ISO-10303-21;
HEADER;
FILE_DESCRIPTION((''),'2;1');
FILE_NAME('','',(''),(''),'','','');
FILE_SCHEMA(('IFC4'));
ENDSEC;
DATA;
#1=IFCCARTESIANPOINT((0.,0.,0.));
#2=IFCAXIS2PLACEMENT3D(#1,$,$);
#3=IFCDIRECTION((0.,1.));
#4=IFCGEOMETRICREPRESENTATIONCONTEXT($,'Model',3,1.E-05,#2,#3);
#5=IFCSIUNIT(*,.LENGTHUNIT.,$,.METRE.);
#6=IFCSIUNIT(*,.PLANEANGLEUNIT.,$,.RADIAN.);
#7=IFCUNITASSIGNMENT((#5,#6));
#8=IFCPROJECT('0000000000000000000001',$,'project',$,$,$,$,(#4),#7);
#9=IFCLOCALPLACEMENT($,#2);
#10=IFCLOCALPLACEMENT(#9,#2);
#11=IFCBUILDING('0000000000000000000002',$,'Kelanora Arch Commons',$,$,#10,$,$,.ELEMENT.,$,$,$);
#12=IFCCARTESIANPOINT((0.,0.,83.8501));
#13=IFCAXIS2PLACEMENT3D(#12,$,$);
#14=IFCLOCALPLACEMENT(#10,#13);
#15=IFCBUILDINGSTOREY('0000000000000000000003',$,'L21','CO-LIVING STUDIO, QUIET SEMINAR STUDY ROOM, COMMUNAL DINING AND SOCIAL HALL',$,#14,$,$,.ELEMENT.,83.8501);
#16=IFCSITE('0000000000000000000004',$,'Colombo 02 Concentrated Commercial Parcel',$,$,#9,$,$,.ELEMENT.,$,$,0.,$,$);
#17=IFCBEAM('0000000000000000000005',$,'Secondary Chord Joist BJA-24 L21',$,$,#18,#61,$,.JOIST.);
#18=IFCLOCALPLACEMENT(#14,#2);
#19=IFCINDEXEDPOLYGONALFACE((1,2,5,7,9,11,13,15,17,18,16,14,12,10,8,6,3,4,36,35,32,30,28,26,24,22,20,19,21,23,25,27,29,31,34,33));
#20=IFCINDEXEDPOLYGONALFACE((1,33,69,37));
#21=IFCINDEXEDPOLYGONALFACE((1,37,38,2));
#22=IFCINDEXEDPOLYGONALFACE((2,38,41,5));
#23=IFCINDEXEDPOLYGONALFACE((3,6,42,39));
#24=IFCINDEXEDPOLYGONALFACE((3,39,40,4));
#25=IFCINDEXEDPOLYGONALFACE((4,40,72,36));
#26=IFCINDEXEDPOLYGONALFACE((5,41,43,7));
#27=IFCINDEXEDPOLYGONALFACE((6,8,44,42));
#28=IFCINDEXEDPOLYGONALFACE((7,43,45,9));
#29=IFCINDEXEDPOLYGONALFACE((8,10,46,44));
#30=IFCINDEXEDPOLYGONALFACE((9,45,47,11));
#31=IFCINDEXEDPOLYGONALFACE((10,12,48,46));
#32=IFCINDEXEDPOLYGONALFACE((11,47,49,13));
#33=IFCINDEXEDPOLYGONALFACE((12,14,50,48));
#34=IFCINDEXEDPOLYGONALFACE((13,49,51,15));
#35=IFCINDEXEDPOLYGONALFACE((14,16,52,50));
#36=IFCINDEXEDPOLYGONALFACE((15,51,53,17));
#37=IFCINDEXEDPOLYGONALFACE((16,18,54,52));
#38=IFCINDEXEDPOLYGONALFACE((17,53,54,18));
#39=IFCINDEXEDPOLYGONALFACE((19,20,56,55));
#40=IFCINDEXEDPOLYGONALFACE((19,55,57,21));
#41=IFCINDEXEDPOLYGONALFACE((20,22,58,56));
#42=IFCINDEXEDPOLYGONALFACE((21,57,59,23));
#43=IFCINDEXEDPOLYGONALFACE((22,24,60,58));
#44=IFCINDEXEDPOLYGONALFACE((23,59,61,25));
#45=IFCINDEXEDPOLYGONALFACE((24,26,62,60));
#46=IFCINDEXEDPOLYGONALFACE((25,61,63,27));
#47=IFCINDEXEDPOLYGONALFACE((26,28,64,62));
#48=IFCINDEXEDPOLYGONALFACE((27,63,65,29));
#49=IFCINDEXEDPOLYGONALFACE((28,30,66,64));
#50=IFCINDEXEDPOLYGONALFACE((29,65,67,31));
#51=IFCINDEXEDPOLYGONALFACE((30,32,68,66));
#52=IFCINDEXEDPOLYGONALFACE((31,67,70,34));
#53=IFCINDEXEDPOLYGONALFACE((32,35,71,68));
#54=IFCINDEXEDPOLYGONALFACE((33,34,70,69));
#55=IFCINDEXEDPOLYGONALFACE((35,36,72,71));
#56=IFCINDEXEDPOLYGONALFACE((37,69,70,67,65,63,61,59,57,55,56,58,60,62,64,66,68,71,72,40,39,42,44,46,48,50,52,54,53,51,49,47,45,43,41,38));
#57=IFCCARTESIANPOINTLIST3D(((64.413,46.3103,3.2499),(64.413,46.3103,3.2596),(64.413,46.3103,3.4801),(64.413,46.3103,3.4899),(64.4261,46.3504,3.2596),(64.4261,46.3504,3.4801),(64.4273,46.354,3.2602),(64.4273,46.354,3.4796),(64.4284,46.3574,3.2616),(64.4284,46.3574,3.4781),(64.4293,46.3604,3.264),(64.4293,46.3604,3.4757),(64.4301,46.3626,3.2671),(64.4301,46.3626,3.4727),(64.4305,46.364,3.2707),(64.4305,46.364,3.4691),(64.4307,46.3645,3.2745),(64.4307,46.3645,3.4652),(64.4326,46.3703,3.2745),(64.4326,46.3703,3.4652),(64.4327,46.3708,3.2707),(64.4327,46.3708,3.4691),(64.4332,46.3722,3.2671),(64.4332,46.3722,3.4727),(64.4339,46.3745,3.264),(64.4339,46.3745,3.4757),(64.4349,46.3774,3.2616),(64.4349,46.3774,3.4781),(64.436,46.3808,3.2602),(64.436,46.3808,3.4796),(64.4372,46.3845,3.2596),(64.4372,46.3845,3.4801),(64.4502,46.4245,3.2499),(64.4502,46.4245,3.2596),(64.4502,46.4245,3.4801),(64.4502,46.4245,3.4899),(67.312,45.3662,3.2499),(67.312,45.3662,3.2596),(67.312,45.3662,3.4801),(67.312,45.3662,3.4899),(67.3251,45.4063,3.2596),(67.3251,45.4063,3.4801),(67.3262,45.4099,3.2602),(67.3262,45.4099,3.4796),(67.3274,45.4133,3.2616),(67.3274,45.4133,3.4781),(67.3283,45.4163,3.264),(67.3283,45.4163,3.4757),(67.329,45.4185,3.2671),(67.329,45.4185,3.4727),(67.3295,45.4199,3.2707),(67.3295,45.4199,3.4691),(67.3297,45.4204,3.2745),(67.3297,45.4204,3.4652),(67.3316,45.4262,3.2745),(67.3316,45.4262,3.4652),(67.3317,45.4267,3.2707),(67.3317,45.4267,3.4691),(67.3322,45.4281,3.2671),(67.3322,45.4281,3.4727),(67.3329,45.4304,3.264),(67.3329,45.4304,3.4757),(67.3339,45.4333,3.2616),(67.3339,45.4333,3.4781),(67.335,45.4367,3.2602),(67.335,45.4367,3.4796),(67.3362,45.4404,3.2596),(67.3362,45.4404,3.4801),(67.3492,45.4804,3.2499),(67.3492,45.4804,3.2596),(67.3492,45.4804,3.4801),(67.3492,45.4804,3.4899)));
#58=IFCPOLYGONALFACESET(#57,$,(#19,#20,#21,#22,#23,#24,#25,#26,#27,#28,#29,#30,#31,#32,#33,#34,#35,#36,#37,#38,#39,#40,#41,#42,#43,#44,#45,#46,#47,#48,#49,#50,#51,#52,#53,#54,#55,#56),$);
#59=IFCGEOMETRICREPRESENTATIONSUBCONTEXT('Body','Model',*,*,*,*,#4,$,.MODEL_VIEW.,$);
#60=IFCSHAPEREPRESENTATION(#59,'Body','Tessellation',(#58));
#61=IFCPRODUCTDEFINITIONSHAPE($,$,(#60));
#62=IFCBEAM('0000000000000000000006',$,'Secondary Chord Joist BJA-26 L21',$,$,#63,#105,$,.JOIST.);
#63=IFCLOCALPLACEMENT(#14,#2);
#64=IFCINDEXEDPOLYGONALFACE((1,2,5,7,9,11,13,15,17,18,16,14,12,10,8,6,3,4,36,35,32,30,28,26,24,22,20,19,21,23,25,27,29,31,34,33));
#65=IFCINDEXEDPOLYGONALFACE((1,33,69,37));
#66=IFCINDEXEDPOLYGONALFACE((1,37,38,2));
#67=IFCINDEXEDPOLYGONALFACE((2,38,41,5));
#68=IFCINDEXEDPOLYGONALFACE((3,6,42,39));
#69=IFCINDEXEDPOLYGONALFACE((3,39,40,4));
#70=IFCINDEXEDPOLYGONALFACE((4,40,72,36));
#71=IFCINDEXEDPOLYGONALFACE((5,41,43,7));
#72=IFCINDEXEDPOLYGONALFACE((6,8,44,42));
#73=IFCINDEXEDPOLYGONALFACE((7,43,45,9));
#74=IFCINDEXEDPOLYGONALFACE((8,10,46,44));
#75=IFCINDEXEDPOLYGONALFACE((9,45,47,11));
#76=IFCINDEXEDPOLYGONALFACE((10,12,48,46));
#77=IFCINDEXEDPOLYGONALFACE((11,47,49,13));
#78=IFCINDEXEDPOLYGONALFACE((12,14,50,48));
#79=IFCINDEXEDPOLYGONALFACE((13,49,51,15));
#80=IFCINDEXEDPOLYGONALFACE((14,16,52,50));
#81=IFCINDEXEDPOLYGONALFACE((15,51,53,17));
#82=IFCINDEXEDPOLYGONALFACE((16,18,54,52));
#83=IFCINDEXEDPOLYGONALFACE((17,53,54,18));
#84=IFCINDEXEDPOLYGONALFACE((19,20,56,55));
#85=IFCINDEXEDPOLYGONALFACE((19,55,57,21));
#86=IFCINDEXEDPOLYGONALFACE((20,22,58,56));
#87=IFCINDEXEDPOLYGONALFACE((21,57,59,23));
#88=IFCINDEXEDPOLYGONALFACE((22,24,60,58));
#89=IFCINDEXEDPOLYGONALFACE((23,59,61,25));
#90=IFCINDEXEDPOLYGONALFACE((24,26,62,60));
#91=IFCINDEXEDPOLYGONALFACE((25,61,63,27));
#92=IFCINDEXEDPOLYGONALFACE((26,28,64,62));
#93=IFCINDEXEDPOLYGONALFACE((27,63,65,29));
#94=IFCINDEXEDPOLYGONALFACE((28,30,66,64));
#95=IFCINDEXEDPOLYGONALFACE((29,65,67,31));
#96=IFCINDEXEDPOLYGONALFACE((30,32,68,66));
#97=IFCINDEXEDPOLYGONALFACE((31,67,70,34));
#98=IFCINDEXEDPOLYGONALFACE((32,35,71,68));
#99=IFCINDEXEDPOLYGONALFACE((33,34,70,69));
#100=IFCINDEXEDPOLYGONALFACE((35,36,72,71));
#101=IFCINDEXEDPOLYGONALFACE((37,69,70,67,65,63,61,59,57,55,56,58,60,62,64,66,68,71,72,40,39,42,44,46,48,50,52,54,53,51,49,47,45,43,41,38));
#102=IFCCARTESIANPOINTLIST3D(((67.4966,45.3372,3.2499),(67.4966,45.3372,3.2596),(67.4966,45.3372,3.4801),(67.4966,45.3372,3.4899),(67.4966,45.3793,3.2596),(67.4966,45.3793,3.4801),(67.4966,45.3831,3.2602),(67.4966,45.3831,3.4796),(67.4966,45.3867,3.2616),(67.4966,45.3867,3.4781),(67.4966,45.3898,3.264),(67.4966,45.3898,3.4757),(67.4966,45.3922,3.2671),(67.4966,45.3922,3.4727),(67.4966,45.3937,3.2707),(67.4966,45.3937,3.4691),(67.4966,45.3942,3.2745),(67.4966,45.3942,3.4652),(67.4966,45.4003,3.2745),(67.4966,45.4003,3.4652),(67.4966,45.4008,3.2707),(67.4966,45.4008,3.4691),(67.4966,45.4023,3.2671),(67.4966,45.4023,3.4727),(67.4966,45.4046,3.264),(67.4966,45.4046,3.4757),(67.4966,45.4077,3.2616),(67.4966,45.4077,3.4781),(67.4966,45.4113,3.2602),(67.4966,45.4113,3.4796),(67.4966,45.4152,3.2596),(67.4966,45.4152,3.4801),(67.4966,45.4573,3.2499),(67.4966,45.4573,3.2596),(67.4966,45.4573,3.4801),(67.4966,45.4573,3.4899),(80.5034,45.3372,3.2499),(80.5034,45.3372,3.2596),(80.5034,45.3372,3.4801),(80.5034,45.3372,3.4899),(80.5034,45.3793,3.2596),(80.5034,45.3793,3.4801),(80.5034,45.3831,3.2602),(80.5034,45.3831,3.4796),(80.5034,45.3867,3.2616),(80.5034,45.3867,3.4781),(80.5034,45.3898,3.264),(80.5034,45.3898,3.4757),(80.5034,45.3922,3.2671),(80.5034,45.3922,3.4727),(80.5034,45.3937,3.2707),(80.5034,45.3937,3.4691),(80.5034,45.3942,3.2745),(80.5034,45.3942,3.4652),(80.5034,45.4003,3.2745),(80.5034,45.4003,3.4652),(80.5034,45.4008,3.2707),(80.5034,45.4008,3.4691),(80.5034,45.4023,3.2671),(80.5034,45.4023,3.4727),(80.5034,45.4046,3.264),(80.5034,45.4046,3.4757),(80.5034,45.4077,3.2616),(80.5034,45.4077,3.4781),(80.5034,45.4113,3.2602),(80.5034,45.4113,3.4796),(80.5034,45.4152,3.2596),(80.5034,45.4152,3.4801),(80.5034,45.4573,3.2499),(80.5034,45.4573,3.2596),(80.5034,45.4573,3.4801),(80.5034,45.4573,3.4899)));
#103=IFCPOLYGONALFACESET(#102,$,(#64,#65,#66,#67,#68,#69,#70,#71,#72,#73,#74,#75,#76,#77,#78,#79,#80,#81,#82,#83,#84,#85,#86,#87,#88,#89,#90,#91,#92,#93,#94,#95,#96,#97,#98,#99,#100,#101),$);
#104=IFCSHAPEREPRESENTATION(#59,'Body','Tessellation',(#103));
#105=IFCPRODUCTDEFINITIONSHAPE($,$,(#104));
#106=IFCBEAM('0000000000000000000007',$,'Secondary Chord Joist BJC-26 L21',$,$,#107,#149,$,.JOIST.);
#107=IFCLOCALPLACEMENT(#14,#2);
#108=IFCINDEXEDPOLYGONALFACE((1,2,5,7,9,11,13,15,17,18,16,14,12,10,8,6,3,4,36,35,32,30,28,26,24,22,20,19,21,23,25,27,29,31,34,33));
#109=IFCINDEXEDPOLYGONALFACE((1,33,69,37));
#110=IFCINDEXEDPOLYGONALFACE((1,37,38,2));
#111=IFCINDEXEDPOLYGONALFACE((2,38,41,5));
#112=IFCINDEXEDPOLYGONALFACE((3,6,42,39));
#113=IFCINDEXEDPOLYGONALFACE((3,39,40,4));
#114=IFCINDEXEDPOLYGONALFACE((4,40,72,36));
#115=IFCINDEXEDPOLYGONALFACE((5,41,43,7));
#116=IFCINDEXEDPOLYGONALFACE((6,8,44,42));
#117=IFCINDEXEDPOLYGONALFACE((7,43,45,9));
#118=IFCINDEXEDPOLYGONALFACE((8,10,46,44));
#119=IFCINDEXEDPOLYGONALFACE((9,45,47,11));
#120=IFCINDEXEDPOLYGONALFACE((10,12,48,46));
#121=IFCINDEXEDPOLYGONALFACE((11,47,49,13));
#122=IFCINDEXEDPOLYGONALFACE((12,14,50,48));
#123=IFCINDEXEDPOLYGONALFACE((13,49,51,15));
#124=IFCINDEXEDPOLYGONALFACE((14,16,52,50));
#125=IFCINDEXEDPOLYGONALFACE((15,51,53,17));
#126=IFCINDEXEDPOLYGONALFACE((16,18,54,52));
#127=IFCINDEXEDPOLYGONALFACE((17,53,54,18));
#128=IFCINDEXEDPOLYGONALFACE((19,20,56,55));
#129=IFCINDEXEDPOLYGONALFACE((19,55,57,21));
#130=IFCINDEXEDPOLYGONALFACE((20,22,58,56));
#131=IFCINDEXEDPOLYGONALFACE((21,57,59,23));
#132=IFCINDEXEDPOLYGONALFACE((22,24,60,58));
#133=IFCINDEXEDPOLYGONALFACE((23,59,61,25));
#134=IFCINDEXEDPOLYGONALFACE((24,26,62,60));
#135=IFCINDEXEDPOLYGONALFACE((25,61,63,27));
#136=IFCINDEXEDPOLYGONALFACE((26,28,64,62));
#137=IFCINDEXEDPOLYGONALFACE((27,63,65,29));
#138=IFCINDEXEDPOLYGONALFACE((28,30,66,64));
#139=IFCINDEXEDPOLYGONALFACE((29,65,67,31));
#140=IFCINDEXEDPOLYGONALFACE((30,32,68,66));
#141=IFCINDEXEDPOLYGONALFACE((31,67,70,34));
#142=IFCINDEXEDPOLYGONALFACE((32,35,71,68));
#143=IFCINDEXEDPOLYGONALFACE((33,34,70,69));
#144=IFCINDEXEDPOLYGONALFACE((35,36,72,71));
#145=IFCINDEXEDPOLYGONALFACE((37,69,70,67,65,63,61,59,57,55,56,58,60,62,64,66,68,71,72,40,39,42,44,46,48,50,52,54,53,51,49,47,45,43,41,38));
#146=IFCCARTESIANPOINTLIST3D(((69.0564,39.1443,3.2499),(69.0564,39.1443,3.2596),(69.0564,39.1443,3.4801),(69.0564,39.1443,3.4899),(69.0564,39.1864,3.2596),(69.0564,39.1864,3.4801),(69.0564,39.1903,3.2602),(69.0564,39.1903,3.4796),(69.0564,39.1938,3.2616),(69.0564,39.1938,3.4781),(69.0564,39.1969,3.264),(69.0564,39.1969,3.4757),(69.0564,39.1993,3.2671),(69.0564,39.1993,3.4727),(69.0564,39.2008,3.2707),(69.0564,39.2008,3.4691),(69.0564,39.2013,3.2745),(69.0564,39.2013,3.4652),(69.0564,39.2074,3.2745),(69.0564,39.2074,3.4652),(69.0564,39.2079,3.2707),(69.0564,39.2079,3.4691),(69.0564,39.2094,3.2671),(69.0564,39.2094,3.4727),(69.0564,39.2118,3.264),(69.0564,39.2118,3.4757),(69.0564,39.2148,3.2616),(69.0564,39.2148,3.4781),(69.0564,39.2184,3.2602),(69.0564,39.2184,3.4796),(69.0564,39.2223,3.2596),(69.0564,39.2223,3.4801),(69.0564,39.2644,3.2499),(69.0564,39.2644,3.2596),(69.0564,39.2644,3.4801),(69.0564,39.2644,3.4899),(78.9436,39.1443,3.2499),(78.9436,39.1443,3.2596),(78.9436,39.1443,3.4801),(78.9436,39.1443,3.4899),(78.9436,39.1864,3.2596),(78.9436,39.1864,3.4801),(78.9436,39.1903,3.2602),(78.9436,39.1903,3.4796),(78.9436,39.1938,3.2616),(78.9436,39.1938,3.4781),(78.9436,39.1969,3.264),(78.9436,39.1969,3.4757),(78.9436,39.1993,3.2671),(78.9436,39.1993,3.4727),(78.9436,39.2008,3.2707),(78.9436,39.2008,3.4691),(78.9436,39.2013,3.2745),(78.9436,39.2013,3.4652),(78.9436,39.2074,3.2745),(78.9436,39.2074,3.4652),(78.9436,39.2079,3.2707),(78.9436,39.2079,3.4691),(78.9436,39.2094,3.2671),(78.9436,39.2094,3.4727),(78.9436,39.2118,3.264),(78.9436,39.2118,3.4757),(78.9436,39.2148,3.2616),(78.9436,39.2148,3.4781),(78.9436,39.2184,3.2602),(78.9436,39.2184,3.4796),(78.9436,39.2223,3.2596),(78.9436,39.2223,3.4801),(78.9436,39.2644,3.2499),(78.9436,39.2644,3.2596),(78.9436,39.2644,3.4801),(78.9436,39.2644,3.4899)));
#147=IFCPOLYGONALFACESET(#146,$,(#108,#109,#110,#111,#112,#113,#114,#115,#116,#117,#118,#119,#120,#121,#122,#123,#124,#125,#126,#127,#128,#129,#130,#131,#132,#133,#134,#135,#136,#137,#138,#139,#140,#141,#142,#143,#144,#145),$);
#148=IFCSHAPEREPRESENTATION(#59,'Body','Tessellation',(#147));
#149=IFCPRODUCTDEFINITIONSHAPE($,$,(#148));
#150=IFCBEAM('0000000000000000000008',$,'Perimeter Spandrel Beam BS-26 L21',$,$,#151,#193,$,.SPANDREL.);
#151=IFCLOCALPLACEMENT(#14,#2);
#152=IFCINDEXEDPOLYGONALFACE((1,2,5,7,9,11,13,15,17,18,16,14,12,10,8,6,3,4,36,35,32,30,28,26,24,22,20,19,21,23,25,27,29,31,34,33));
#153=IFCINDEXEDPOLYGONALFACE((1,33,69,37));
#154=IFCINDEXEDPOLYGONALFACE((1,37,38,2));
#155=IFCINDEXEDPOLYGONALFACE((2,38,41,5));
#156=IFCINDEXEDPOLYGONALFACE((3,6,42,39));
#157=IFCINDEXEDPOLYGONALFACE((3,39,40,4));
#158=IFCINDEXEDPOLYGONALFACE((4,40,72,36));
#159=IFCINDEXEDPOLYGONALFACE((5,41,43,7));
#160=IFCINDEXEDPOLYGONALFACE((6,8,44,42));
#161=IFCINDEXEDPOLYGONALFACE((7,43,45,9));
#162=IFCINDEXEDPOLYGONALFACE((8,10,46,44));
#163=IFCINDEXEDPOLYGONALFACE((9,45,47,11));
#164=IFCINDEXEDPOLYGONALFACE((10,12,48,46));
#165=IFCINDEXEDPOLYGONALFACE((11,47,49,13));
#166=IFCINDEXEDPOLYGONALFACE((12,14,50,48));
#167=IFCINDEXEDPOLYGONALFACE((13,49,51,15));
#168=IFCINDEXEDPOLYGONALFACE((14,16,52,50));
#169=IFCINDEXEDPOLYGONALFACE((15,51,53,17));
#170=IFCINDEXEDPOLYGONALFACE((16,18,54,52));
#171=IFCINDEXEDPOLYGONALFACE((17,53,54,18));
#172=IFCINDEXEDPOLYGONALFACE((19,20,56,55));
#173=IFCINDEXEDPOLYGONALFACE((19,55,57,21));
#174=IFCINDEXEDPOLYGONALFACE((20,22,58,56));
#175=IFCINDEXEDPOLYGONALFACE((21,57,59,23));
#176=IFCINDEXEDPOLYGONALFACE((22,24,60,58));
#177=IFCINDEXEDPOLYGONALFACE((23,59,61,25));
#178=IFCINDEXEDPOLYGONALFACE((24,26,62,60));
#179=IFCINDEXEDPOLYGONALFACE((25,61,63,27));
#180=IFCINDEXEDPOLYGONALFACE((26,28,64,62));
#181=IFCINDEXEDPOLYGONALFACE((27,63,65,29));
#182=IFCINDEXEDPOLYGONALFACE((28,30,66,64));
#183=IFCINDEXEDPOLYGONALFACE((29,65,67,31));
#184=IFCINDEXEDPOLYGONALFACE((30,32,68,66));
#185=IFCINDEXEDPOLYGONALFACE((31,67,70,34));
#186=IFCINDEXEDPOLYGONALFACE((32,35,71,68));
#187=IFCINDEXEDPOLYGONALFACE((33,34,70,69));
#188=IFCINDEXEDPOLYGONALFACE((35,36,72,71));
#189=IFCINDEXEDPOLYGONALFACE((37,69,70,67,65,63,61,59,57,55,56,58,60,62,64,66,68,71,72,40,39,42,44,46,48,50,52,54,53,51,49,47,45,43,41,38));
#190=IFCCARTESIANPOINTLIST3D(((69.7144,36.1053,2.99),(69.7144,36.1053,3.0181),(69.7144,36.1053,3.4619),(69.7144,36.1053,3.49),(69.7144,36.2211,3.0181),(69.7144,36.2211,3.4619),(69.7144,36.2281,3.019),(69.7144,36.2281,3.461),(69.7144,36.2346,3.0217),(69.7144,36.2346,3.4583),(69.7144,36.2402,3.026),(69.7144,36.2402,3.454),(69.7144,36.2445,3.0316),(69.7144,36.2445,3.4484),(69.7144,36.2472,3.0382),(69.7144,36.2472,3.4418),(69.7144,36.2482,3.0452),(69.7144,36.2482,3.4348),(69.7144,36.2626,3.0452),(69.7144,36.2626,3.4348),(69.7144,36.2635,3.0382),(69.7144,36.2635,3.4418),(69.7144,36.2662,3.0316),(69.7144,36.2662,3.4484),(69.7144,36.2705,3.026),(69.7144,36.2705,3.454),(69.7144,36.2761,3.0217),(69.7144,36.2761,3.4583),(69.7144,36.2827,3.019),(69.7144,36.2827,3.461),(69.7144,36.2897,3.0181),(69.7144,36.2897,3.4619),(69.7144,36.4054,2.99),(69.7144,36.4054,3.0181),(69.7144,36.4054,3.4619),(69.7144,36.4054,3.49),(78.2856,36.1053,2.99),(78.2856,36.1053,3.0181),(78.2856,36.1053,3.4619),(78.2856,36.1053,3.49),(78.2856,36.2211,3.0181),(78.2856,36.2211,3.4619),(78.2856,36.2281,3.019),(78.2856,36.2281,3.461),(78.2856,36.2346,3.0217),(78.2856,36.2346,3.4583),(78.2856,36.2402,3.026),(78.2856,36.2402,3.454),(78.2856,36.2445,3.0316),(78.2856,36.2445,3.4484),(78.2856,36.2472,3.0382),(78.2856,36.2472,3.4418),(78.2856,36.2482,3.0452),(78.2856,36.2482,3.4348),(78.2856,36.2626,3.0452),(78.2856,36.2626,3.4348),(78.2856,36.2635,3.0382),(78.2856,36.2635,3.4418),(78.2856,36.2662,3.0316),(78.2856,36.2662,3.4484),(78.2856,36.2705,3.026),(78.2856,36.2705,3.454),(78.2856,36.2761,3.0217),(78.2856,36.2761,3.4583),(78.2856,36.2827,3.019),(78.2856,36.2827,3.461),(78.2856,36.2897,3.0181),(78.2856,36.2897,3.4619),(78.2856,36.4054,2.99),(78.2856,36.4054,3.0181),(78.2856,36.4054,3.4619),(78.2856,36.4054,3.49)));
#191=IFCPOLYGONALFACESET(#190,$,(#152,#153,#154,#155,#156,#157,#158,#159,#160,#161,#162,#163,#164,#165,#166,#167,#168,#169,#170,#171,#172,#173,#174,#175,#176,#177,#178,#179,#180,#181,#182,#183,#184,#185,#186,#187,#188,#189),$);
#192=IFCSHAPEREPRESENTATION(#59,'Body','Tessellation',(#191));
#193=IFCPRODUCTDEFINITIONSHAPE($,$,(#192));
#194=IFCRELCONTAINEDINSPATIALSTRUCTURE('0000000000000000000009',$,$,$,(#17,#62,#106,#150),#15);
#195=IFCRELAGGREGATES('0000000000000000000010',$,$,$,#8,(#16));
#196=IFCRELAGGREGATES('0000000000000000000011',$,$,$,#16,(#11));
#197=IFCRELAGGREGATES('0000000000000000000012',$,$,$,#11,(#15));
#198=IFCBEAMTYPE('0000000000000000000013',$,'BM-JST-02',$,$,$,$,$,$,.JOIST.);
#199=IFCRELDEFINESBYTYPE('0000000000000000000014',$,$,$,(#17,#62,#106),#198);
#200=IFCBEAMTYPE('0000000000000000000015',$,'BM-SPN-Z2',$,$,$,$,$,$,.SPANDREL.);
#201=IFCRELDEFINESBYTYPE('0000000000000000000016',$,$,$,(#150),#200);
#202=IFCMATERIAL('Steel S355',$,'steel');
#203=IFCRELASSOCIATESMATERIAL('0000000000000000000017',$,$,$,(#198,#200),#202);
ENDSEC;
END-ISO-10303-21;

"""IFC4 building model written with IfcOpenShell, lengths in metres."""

from ifc_helpers import new_model, si_unit, direction, frame, origin, origin_2d, place, context, subcontext, project, spatial, i_section, extrude, material, material_profile, profile_set, type_object, element, save


model = new_model("IFC4")

# Units and contexts
model_context = context("Model", 3, precision=1e-05, world=origin(), true_north=direction((0.0, 1.0)))
body_context = subcontext(model_context, "Body", "Model", "MODEL_VIEW")
ifc_project = project(units=[si_unit("LENGTHUNIT", "METRE"), si_unit("PLANEANGLEUNIT", "RADIAN")], contexts=[model_context])

# Site, building, storey
site_placement = place(None, origin())
site = spatial("IfcSite", under=ifc_project, at=site_placement, Name="Colombo 02 Concentrated Commercial Parcel", CompositionType="ELEMENT", RefElevation=0.0)
building_placement = place(site_placement, origin())
building = spatial("IfcBuilding", under=site, at=building_placement, Name="Kelanora Arch Commons", CompositionType="ELEMENT")
storey_placement = place(building_placement, frame((0.0, 0.0, 83.8501)))
storey = spatial("IfcBuildingStorey", under=building, at=storey_placement, Name="L21", Description="CO-LIVING STUDIO, QUIET SEMINAR STUDY ROOM, COMMUNAL DINING AND SOCIAL HALL", CompositionType="ELEMENT", Elevation=83.8501)

# Beams
ifc_material_1 = material(Name="Steel S355", Category="steel")
ifc_material_profile_1 = material_profile(ifc_material_1, i_section(OverallWidth=0.1201, OverallDepth=0.24, WebThickness=0.0061, FlangeThickness=0.0098, FilletRadius=0.0149, at=origin_2d()), Name="IPE240")
ifc_profile_set_1 = profile_set([ifc_material_profile_1], Name="Steel S355")
beam_type_1 = type_object("IfcBeamType", Name="BM-JST-02", PredefinedType="JOIST", material=ifc_profile_set_1)
beam_1_placement = place(storey_placement, frame((64.4316, 46.3674, 3.3699), z_axis=(0.950847, -0.309662, 0.0), x_axis=(0.309662, 0.950847, 0.0)))
element("IfcBeam", 1, at=beam_1_placement, inside=storey, type_object=beam_type_1, Name="Secondary Chord Joist BJA-24 L21", PredefinedType="JOIST", context=body_context, shape_type="SweptSolid", body=[
    extrude(i_section(OverallWidth=0.1201, OverallDepth=0.24, WebThickness=0.0061, FlangeThickness=0.0098, FilletRadius=0.0149, at=origin_2d()), origin(), (0.0, 0.0, 1.0), 3.0488),
])
beam_2_placement = place(storey_placement, frame((67.4966, 45.3972, 3.3699), z_axis=(1.0, 0.0, 0.0), x_axis=(0.0, 1.0, 0.0)))
element("IfcBeam", 2, at=beam_2_placement, inside=storey, type_object=beam_type_1, Name="Secondary Chord Joist BJA-26 L21", PredefinedType="JOIST", context=body_context, shape_type="SweptSolid", body=[
    extrude(i_section(OverallWidth=0.1201, OverallDepth=0.24, WebThickness=0.0061, FlangeThickness=0.0098, FilletRadius=0.0149, at=origin_2d()), origin(), (0.0, 0.0, 1.0), 13.0068),
])
beam_3_placement = place(storey_placement, frame((69.0564, 39.2043, 3.3699), z_axis=(1.0, 0.0, 0.0), x_axis=(0.0, 1.0, 0.0)))
element("IfcBeam", 3, at=beam_3_placement, inside=storey, type_object=beam_type_1, Name="Secondary Chord Joist BJC-26 L21", PredefinedType="JOIST", context=body_context, shape_type="SweptSolid", body=[
    extrude(i_section(OverallWidth=0.1201, OverallDepth=0.24, WebThickness=0.0061, FlangeThickness=0.0098, FilletRadius=0.0149, at=origin_2d()), origin(), (0.0, 0.0, 1.0), 9.8872),
])
ifc_material_profile_2 = material_profile(ifc_material_1, i_section(OverallWidth=0.3, OverallDepth=0.5, WebThickness=0.0144, FlangeThickness=0.0281, FilletRadius=0.0271, at=origin_2d()), Name="HEB500")
ifc_profile_set_2 = profile_set([ifc_material_profile_2], Name="Steel S355")
beam_type_2 = type_object("IfcBeamType", Name="BM-SPN-Z2", PredefinedType="SPANDREL", material=ifc_profile_set_2)
beam_4_placement = place(storey_placement, frame((69.7144, 36.2554, 3.24), z_axis=(1.0, 0.0, 0.0), x_axis=(0.0, 1.0, 0.0)))
element("IfcBeam", 4, at=beam_4_placement, inside=storey, type_object=beam_type_2, Name="Perimeter Spandrel Beam BS-26 L21", PredefinedType="SPANDREL", context=body_context, shape_type="SweptSolid", body=[
    extrude(i_section(OverallWidth=0.3, OverallDepth=0.5, WebThickness=0.0144, FlangeThickness=0.0281, FilletRadius=0.0271, at=origin_2d()), origin(), (0.0, 0.0, 1.0), 8.5713),
])

save(model, "model.ifc")
